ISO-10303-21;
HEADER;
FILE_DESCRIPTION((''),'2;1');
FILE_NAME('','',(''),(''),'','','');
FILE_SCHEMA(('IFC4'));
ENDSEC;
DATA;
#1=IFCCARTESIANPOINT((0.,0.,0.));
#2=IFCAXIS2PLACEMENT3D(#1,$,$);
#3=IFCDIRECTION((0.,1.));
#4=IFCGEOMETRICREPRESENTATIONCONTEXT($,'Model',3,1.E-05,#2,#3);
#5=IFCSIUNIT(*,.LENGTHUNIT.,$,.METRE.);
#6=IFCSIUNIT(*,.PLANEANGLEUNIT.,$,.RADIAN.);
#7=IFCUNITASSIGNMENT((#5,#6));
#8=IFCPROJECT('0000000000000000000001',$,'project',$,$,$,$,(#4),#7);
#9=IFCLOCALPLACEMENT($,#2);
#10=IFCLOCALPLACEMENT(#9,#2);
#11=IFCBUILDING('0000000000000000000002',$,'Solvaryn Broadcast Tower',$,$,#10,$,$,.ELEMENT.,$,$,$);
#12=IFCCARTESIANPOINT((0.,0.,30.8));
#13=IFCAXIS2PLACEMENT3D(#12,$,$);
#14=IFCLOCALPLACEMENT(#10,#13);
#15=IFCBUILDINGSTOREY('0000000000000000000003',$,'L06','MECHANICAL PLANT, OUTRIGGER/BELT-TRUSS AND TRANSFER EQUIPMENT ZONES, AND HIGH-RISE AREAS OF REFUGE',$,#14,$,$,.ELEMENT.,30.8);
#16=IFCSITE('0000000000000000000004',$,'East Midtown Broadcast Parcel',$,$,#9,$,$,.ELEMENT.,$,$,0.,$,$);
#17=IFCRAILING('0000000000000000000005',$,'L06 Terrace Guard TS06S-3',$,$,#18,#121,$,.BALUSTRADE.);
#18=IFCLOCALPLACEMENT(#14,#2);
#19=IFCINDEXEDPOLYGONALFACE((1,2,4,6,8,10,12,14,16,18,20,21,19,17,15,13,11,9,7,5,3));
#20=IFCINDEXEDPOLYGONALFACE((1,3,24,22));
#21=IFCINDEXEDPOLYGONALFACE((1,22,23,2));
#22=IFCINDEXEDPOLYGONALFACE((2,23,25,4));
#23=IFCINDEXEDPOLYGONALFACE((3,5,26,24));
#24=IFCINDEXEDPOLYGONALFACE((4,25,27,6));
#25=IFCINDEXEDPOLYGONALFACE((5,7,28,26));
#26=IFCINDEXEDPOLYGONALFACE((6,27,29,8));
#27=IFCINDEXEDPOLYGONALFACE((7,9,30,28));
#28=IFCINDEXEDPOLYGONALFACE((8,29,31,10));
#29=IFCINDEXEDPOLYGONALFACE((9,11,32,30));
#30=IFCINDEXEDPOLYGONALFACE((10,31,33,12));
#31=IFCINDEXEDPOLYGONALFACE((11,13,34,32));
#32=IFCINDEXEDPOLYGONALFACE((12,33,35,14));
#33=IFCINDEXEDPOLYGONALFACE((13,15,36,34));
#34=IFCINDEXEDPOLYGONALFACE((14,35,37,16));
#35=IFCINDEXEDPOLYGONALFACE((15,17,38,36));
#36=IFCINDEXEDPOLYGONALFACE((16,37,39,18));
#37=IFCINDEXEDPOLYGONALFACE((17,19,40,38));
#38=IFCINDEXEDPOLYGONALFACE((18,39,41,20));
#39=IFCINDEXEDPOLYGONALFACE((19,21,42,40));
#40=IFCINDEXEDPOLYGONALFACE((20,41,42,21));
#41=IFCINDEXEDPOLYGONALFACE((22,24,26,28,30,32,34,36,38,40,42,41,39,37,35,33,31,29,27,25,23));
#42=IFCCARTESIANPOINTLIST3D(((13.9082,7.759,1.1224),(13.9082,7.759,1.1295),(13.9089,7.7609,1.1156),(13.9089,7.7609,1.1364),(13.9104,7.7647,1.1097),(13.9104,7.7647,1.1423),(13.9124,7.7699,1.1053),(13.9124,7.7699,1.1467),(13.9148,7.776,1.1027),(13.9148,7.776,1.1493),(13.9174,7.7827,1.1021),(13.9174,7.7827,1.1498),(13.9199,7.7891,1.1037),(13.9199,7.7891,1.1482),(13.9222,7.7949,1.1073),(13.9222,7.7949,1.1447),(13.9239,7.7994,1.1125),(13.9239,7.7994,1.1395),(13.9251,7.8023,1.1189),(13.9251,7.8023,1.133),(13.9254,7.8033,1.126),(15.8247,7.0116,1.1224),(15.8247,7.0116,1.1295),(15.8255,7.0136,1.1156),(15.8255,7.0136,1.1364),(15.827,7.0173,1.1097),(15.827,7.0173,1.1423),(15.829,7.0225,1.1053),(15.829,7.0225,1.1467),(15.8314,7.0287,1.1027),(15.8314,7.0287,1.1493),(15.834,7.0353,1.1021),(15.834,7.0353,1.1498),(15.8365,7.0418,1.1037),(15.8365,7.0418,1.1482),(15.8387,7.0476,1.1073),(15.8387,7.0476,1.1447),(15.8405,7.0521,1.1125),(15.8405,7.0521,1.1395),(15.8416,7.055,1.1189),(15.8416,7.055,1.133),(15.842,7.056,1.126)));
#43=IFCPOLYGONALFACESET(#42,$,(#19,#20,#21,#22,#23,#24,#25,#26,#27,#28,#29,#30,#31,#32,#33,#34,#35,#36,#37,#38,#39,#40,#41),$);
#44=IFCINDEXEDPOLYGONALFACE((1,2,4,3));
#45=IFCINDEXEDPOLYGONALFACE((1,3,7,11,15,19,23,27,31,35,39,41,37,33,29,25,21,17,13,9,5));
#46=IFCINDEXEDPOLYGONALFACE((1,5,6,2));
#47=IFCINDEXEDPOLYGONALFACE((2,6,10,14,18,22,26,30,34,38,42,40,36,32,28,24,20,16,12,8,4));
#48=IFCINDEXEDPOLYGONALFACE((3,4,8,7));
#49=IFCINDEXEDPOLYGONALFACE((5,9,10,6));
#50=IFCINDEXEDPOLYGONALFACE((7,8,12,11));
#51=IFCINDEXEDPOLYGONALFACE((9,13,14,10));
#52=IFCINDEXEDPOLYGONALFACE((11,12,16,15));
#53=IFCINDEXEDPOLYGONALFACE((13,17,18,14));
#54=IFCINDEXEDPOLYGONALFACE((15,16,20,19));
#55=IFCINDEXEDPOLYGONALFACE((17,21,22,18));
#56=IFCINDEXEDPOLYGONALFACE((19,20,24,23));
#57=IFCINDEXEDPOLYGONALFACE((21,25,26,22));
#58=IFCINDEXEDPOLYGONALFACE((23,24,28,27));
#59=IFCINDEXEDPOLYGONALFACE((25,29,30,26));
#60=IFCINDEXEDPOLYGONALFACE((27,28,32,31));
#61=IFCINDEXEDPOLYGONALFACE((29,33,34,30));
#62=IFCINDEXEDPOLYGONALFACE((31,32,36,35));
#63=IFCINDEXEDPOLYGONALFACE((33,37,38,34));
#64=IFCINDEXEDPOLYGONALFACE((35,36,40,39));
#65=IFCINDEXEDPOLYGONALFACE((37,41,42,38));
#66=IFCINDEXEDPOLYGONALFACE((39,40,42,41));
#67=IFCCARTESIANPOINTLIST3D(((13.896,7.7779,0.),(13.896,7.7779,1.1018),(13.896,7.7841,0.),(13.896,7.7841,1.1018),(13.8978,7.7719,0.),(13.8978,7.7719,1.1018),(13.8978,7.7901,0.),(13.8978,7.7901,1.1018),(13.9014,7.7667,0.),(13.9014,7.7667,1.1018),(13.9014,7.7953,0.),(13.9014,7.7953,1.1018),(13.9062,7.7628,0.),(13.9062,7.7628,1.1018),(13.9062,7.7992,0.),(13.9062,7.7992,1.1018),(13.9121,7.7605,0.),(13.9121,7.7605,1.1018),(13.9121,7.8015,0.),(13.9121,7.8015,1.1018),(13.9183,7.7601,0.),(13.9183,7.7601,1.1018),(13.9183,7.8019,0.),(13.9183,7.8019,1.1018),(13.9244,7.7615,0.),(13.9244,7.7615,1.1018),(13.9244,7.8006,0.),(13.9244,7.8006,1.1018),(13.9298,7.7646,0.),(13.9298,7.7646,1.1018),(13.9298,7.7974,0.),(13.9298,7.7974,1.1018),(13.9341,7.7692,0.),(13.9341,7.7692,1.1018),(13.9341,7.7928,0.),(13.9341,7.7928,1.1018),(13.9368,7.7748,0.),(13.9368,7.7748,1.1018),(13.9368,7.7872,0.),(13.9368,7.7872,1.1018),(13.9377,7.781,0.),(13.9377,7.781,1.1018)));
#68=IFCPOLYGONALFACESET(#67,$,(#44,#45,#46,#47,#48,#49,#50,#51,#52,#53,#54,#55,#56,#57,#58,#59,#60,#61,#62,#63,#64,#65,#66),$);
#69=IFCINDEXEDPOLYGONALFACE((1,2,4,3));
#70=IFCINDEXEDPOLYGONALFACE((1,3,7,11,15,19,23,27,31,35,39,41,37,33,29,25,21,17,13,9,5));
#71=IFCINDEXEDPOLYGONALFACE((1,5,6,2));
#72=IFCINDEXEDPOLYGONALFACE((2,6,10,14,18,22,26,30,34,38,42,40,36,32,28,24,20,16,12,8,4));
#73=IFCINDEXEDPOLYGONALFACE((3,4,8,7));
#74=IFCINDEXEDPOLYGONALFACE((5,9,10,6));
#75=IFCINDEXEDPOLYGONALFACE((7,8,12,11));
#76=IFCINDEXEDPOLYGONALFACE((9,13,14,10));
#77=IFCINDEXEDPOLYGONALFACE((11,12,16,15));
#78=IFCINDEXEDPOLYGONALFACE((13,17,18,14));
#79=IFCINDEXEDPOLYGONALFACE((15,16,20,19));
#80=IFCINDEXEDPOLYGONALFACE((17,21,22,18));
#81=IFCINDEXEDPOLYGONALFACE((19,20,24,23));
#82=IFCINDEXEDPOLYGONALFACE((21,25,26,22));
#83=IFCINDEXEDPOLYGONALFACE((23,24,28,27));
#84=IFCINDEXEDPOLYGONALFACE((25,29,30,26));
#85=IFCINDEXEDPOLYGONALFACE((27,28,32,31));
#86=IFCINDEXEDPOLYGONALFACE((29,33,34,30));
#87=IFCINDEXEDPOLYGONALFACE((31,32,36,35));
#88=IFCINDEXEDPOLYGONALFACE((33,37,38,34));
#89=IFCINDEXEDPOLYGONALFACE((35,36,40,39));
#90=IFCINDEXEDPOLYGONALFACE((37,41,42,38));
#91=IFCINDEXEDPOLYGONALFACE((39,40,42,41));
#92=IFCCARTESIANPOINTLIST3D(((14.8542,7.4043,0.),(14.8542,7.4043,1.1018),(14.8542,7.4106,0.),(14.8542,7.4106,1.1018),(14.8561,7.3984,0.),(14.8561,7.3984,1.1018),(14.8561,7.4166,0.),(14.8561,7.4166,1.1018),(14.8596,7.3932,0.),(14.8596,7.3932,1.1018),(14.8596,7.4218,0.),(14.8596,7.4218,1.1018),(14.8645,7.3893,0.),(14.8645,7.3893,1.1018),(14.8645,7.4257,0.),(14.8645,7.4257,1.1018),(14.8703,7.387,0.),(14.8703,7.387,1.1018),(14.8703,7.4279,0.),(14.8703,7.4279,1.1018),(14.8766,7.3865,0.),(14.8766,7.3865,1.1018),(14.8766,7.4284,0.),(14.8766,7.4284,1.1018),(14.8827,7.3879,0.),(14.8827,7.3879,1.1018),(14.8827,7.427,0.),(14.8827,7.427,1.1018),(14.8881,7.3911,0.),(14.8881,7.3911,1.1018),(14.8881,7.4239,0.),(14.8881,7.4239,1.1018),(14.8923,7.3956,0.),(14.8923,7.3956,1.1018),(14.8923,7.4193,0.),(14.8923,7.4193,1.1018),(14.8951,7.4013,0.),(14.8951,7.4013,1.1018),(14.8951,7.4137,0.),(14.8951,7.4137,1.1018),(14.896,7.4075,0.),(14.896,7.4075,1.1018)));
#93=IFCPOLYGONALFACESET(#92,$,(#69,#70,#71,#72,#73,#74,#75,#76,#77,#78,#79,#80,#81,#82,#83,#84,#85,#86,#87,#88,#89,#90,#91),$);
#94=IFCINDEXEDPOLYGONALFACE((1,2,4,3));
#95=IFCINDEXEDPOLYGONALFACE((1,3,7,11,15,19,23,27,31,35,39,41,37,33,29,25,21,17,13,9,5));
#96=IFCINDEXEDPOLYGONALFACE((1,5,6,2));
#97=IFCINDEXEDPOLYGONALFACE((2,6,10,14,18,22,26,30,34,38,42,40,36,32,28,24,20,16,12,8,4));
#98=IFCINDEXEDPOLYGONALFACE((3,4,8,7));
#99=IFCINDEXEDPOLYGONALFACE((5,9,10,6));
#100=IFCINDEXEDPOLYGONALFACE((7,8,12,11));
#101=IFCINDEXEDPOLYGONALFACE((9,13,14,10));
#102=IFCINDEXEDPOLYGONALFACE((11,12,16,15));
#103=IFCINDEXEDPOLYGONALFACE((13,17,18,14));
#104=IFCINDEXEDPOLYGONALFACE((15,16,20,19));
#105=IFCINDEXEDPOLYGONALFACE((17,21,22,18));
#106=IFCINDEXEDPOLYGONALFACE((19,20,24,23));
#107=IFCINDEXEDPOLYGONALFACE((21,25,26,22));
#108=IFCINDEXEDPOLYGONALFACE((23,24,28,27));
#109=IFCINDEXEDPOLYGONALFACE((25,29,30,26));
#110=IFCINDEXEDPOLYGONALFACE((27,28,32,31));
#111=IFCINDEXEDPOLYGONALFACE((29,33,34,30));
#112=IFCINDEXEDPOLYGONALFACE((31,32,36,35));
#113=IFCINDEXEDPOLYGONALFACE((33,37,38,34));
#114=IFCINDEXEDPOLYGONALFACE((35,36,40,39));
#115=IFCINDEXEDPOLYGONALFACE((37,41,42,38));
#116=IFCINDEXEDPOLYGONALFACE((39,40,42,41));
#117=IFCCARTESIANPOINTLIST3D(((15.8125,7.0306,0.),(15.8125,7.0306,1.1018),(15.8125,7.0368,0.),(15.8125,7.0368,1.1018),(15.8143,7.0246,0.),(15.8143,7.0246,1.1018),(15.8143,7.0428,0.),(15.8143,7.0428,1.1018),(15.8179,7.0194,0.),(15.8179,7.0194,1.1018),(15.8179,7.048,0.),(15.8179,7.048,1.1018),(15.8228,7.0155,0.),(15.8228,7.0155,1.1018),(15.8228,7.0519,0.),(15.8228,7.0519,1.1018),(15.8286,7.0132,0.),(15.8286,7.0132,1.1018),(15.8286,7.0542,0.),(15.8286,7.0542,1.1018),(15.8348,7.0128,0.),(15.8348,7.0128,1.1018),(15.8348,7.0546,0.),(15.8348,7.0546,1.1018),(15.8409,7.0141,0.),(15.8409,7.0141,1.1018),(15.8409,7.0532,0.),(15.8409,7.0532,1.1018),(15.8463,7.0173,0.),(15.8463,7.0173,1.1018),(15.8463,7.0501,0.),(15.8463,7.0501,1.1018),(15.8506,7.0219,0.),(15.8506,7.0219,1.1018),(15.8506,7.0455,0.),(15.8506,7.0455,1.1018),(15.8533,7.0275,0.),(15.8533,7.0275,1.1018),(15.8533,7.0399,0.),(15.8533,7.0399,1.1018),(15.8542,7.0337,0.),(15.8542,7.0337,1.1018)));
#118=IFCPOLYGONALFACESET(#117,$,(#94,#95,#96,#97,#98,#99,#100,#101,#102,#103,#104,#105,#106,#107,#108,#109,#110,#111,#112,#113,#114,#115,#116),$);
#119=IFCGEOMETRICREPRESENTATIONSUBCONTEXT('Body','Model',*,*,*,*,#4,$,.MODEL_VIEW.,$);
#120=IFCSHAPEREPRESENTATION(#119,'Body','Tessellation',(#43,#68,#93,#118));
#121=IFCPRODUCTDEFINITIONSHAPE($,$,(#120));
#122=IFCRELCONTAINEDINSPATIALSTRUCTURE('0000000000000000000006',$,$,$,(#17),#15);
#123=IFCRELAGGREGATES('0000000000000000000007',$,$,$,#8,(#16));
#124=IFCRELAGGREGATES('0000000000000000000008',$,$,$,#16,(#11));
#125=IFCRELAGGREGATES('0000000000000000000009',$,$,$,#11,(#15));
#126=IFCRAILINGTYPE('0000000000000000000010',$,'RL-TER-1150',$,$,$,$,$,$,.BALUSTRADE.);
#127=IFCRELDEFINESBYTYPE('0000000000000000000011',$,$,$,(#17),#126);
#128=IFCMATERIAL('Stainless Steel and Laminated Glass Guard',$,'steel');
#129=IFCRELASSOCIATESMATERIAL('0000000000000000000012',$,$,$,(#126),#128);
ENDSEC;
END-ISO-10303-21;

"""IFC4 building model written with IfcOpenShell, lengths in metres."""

from ifc_helpers import new_model, si_unit, direction, frame, origin, origin_2d, place, context, subcontext, project, spatial, circle, extrude, material, type_object, element, save


model = new_model("IFC4")

# Units and contexts
model_context = context("Model", 3, precision=1e-05, world=origin(), true_north=direction((0.0, 1.0)))
body_context = subcontext(model_context, "Body", "Model", "MODEL_VIEW")
ifc_project = project(units=[si_unit("LENGTHUNIT", "METRE"), si_unit("PLANEANGLEUNIT", "RADIAN")], contexts=[model_context])

# Site, building, storey
site_placement = place(None, origin())
site = spatial("IfcSite", under=ifc_project, at=site_placement, Name="East Midtown Broadcast Parcel", CompositionType="ELEMENT", RefElevation=0.0)
building_placement = place(site_placement, origin())
building = spatial("IfcBuilding", under=site, at=building_placement, Name="Solvaryn Broadcast Tower", CompositionType="ELEMENT")
storey_placement = place(building_placement, frame((0.0, 0.0, 30.8)))
storey = spatial("IfcBuildingStorey", under=building, at=storey_placement, Name="L06", Description="MECHANICAL PLANT, OUTRIGGER/BELT-TRUSS AND TRANSFER EQUIPMENT ZONES, AND HIGH-RISE AREAS OF REFUGE", CompositionType="ELEMENT", Elevation=30.8)

# Railing
ifc_material_1 = material(Name="Stainless Steel and Laminated Glass Guard", Category="steel")
railing_type = type_object("IfcRailingType", Name="RL-TER-1150", PredefinedType="BALUSTRADE", material=ifc_material_1)
railing_1_placement = place(storey_placement, frame((13.9167, 7.781, 0.0)))
element("IfcRailing", 1, at=railing_1_placement, inside=storey, type_object=railing_type, Name="L06 Terrace Guard TS06S-3", PredefinedType="BALUSTRADE", context=body_context, shape_type="SweptSolid", body=[
    extrude(circle(Radius=0.0239, at=origin_2d()), frame((0.0, 0.0, 1.126), z_axis=(0.931675, -0.363294, 0.0), x_axis=(0.363294, 0.931675, 0.0)), (0.0, 0.0, 1.0), 2.0571),
    extrude(circle(Radius=0.021, at=origin_2d()), origin(), (0.0, 0.0, 1.0), 1.1018),
    extrude(circle(Radius=0.021, at=origin_2d()), frame((0.9583, -0.3735, 0.0)), (0.0, 0.0, 1.0), 1.1018),
    extrude(circle(Radius=0.021, at=origin_2d()), frame((1.9165, -0.7473, 0.0)), (0.0, 0.0, 1.0), 1.1018),
])

save(model, "model.ifc")
